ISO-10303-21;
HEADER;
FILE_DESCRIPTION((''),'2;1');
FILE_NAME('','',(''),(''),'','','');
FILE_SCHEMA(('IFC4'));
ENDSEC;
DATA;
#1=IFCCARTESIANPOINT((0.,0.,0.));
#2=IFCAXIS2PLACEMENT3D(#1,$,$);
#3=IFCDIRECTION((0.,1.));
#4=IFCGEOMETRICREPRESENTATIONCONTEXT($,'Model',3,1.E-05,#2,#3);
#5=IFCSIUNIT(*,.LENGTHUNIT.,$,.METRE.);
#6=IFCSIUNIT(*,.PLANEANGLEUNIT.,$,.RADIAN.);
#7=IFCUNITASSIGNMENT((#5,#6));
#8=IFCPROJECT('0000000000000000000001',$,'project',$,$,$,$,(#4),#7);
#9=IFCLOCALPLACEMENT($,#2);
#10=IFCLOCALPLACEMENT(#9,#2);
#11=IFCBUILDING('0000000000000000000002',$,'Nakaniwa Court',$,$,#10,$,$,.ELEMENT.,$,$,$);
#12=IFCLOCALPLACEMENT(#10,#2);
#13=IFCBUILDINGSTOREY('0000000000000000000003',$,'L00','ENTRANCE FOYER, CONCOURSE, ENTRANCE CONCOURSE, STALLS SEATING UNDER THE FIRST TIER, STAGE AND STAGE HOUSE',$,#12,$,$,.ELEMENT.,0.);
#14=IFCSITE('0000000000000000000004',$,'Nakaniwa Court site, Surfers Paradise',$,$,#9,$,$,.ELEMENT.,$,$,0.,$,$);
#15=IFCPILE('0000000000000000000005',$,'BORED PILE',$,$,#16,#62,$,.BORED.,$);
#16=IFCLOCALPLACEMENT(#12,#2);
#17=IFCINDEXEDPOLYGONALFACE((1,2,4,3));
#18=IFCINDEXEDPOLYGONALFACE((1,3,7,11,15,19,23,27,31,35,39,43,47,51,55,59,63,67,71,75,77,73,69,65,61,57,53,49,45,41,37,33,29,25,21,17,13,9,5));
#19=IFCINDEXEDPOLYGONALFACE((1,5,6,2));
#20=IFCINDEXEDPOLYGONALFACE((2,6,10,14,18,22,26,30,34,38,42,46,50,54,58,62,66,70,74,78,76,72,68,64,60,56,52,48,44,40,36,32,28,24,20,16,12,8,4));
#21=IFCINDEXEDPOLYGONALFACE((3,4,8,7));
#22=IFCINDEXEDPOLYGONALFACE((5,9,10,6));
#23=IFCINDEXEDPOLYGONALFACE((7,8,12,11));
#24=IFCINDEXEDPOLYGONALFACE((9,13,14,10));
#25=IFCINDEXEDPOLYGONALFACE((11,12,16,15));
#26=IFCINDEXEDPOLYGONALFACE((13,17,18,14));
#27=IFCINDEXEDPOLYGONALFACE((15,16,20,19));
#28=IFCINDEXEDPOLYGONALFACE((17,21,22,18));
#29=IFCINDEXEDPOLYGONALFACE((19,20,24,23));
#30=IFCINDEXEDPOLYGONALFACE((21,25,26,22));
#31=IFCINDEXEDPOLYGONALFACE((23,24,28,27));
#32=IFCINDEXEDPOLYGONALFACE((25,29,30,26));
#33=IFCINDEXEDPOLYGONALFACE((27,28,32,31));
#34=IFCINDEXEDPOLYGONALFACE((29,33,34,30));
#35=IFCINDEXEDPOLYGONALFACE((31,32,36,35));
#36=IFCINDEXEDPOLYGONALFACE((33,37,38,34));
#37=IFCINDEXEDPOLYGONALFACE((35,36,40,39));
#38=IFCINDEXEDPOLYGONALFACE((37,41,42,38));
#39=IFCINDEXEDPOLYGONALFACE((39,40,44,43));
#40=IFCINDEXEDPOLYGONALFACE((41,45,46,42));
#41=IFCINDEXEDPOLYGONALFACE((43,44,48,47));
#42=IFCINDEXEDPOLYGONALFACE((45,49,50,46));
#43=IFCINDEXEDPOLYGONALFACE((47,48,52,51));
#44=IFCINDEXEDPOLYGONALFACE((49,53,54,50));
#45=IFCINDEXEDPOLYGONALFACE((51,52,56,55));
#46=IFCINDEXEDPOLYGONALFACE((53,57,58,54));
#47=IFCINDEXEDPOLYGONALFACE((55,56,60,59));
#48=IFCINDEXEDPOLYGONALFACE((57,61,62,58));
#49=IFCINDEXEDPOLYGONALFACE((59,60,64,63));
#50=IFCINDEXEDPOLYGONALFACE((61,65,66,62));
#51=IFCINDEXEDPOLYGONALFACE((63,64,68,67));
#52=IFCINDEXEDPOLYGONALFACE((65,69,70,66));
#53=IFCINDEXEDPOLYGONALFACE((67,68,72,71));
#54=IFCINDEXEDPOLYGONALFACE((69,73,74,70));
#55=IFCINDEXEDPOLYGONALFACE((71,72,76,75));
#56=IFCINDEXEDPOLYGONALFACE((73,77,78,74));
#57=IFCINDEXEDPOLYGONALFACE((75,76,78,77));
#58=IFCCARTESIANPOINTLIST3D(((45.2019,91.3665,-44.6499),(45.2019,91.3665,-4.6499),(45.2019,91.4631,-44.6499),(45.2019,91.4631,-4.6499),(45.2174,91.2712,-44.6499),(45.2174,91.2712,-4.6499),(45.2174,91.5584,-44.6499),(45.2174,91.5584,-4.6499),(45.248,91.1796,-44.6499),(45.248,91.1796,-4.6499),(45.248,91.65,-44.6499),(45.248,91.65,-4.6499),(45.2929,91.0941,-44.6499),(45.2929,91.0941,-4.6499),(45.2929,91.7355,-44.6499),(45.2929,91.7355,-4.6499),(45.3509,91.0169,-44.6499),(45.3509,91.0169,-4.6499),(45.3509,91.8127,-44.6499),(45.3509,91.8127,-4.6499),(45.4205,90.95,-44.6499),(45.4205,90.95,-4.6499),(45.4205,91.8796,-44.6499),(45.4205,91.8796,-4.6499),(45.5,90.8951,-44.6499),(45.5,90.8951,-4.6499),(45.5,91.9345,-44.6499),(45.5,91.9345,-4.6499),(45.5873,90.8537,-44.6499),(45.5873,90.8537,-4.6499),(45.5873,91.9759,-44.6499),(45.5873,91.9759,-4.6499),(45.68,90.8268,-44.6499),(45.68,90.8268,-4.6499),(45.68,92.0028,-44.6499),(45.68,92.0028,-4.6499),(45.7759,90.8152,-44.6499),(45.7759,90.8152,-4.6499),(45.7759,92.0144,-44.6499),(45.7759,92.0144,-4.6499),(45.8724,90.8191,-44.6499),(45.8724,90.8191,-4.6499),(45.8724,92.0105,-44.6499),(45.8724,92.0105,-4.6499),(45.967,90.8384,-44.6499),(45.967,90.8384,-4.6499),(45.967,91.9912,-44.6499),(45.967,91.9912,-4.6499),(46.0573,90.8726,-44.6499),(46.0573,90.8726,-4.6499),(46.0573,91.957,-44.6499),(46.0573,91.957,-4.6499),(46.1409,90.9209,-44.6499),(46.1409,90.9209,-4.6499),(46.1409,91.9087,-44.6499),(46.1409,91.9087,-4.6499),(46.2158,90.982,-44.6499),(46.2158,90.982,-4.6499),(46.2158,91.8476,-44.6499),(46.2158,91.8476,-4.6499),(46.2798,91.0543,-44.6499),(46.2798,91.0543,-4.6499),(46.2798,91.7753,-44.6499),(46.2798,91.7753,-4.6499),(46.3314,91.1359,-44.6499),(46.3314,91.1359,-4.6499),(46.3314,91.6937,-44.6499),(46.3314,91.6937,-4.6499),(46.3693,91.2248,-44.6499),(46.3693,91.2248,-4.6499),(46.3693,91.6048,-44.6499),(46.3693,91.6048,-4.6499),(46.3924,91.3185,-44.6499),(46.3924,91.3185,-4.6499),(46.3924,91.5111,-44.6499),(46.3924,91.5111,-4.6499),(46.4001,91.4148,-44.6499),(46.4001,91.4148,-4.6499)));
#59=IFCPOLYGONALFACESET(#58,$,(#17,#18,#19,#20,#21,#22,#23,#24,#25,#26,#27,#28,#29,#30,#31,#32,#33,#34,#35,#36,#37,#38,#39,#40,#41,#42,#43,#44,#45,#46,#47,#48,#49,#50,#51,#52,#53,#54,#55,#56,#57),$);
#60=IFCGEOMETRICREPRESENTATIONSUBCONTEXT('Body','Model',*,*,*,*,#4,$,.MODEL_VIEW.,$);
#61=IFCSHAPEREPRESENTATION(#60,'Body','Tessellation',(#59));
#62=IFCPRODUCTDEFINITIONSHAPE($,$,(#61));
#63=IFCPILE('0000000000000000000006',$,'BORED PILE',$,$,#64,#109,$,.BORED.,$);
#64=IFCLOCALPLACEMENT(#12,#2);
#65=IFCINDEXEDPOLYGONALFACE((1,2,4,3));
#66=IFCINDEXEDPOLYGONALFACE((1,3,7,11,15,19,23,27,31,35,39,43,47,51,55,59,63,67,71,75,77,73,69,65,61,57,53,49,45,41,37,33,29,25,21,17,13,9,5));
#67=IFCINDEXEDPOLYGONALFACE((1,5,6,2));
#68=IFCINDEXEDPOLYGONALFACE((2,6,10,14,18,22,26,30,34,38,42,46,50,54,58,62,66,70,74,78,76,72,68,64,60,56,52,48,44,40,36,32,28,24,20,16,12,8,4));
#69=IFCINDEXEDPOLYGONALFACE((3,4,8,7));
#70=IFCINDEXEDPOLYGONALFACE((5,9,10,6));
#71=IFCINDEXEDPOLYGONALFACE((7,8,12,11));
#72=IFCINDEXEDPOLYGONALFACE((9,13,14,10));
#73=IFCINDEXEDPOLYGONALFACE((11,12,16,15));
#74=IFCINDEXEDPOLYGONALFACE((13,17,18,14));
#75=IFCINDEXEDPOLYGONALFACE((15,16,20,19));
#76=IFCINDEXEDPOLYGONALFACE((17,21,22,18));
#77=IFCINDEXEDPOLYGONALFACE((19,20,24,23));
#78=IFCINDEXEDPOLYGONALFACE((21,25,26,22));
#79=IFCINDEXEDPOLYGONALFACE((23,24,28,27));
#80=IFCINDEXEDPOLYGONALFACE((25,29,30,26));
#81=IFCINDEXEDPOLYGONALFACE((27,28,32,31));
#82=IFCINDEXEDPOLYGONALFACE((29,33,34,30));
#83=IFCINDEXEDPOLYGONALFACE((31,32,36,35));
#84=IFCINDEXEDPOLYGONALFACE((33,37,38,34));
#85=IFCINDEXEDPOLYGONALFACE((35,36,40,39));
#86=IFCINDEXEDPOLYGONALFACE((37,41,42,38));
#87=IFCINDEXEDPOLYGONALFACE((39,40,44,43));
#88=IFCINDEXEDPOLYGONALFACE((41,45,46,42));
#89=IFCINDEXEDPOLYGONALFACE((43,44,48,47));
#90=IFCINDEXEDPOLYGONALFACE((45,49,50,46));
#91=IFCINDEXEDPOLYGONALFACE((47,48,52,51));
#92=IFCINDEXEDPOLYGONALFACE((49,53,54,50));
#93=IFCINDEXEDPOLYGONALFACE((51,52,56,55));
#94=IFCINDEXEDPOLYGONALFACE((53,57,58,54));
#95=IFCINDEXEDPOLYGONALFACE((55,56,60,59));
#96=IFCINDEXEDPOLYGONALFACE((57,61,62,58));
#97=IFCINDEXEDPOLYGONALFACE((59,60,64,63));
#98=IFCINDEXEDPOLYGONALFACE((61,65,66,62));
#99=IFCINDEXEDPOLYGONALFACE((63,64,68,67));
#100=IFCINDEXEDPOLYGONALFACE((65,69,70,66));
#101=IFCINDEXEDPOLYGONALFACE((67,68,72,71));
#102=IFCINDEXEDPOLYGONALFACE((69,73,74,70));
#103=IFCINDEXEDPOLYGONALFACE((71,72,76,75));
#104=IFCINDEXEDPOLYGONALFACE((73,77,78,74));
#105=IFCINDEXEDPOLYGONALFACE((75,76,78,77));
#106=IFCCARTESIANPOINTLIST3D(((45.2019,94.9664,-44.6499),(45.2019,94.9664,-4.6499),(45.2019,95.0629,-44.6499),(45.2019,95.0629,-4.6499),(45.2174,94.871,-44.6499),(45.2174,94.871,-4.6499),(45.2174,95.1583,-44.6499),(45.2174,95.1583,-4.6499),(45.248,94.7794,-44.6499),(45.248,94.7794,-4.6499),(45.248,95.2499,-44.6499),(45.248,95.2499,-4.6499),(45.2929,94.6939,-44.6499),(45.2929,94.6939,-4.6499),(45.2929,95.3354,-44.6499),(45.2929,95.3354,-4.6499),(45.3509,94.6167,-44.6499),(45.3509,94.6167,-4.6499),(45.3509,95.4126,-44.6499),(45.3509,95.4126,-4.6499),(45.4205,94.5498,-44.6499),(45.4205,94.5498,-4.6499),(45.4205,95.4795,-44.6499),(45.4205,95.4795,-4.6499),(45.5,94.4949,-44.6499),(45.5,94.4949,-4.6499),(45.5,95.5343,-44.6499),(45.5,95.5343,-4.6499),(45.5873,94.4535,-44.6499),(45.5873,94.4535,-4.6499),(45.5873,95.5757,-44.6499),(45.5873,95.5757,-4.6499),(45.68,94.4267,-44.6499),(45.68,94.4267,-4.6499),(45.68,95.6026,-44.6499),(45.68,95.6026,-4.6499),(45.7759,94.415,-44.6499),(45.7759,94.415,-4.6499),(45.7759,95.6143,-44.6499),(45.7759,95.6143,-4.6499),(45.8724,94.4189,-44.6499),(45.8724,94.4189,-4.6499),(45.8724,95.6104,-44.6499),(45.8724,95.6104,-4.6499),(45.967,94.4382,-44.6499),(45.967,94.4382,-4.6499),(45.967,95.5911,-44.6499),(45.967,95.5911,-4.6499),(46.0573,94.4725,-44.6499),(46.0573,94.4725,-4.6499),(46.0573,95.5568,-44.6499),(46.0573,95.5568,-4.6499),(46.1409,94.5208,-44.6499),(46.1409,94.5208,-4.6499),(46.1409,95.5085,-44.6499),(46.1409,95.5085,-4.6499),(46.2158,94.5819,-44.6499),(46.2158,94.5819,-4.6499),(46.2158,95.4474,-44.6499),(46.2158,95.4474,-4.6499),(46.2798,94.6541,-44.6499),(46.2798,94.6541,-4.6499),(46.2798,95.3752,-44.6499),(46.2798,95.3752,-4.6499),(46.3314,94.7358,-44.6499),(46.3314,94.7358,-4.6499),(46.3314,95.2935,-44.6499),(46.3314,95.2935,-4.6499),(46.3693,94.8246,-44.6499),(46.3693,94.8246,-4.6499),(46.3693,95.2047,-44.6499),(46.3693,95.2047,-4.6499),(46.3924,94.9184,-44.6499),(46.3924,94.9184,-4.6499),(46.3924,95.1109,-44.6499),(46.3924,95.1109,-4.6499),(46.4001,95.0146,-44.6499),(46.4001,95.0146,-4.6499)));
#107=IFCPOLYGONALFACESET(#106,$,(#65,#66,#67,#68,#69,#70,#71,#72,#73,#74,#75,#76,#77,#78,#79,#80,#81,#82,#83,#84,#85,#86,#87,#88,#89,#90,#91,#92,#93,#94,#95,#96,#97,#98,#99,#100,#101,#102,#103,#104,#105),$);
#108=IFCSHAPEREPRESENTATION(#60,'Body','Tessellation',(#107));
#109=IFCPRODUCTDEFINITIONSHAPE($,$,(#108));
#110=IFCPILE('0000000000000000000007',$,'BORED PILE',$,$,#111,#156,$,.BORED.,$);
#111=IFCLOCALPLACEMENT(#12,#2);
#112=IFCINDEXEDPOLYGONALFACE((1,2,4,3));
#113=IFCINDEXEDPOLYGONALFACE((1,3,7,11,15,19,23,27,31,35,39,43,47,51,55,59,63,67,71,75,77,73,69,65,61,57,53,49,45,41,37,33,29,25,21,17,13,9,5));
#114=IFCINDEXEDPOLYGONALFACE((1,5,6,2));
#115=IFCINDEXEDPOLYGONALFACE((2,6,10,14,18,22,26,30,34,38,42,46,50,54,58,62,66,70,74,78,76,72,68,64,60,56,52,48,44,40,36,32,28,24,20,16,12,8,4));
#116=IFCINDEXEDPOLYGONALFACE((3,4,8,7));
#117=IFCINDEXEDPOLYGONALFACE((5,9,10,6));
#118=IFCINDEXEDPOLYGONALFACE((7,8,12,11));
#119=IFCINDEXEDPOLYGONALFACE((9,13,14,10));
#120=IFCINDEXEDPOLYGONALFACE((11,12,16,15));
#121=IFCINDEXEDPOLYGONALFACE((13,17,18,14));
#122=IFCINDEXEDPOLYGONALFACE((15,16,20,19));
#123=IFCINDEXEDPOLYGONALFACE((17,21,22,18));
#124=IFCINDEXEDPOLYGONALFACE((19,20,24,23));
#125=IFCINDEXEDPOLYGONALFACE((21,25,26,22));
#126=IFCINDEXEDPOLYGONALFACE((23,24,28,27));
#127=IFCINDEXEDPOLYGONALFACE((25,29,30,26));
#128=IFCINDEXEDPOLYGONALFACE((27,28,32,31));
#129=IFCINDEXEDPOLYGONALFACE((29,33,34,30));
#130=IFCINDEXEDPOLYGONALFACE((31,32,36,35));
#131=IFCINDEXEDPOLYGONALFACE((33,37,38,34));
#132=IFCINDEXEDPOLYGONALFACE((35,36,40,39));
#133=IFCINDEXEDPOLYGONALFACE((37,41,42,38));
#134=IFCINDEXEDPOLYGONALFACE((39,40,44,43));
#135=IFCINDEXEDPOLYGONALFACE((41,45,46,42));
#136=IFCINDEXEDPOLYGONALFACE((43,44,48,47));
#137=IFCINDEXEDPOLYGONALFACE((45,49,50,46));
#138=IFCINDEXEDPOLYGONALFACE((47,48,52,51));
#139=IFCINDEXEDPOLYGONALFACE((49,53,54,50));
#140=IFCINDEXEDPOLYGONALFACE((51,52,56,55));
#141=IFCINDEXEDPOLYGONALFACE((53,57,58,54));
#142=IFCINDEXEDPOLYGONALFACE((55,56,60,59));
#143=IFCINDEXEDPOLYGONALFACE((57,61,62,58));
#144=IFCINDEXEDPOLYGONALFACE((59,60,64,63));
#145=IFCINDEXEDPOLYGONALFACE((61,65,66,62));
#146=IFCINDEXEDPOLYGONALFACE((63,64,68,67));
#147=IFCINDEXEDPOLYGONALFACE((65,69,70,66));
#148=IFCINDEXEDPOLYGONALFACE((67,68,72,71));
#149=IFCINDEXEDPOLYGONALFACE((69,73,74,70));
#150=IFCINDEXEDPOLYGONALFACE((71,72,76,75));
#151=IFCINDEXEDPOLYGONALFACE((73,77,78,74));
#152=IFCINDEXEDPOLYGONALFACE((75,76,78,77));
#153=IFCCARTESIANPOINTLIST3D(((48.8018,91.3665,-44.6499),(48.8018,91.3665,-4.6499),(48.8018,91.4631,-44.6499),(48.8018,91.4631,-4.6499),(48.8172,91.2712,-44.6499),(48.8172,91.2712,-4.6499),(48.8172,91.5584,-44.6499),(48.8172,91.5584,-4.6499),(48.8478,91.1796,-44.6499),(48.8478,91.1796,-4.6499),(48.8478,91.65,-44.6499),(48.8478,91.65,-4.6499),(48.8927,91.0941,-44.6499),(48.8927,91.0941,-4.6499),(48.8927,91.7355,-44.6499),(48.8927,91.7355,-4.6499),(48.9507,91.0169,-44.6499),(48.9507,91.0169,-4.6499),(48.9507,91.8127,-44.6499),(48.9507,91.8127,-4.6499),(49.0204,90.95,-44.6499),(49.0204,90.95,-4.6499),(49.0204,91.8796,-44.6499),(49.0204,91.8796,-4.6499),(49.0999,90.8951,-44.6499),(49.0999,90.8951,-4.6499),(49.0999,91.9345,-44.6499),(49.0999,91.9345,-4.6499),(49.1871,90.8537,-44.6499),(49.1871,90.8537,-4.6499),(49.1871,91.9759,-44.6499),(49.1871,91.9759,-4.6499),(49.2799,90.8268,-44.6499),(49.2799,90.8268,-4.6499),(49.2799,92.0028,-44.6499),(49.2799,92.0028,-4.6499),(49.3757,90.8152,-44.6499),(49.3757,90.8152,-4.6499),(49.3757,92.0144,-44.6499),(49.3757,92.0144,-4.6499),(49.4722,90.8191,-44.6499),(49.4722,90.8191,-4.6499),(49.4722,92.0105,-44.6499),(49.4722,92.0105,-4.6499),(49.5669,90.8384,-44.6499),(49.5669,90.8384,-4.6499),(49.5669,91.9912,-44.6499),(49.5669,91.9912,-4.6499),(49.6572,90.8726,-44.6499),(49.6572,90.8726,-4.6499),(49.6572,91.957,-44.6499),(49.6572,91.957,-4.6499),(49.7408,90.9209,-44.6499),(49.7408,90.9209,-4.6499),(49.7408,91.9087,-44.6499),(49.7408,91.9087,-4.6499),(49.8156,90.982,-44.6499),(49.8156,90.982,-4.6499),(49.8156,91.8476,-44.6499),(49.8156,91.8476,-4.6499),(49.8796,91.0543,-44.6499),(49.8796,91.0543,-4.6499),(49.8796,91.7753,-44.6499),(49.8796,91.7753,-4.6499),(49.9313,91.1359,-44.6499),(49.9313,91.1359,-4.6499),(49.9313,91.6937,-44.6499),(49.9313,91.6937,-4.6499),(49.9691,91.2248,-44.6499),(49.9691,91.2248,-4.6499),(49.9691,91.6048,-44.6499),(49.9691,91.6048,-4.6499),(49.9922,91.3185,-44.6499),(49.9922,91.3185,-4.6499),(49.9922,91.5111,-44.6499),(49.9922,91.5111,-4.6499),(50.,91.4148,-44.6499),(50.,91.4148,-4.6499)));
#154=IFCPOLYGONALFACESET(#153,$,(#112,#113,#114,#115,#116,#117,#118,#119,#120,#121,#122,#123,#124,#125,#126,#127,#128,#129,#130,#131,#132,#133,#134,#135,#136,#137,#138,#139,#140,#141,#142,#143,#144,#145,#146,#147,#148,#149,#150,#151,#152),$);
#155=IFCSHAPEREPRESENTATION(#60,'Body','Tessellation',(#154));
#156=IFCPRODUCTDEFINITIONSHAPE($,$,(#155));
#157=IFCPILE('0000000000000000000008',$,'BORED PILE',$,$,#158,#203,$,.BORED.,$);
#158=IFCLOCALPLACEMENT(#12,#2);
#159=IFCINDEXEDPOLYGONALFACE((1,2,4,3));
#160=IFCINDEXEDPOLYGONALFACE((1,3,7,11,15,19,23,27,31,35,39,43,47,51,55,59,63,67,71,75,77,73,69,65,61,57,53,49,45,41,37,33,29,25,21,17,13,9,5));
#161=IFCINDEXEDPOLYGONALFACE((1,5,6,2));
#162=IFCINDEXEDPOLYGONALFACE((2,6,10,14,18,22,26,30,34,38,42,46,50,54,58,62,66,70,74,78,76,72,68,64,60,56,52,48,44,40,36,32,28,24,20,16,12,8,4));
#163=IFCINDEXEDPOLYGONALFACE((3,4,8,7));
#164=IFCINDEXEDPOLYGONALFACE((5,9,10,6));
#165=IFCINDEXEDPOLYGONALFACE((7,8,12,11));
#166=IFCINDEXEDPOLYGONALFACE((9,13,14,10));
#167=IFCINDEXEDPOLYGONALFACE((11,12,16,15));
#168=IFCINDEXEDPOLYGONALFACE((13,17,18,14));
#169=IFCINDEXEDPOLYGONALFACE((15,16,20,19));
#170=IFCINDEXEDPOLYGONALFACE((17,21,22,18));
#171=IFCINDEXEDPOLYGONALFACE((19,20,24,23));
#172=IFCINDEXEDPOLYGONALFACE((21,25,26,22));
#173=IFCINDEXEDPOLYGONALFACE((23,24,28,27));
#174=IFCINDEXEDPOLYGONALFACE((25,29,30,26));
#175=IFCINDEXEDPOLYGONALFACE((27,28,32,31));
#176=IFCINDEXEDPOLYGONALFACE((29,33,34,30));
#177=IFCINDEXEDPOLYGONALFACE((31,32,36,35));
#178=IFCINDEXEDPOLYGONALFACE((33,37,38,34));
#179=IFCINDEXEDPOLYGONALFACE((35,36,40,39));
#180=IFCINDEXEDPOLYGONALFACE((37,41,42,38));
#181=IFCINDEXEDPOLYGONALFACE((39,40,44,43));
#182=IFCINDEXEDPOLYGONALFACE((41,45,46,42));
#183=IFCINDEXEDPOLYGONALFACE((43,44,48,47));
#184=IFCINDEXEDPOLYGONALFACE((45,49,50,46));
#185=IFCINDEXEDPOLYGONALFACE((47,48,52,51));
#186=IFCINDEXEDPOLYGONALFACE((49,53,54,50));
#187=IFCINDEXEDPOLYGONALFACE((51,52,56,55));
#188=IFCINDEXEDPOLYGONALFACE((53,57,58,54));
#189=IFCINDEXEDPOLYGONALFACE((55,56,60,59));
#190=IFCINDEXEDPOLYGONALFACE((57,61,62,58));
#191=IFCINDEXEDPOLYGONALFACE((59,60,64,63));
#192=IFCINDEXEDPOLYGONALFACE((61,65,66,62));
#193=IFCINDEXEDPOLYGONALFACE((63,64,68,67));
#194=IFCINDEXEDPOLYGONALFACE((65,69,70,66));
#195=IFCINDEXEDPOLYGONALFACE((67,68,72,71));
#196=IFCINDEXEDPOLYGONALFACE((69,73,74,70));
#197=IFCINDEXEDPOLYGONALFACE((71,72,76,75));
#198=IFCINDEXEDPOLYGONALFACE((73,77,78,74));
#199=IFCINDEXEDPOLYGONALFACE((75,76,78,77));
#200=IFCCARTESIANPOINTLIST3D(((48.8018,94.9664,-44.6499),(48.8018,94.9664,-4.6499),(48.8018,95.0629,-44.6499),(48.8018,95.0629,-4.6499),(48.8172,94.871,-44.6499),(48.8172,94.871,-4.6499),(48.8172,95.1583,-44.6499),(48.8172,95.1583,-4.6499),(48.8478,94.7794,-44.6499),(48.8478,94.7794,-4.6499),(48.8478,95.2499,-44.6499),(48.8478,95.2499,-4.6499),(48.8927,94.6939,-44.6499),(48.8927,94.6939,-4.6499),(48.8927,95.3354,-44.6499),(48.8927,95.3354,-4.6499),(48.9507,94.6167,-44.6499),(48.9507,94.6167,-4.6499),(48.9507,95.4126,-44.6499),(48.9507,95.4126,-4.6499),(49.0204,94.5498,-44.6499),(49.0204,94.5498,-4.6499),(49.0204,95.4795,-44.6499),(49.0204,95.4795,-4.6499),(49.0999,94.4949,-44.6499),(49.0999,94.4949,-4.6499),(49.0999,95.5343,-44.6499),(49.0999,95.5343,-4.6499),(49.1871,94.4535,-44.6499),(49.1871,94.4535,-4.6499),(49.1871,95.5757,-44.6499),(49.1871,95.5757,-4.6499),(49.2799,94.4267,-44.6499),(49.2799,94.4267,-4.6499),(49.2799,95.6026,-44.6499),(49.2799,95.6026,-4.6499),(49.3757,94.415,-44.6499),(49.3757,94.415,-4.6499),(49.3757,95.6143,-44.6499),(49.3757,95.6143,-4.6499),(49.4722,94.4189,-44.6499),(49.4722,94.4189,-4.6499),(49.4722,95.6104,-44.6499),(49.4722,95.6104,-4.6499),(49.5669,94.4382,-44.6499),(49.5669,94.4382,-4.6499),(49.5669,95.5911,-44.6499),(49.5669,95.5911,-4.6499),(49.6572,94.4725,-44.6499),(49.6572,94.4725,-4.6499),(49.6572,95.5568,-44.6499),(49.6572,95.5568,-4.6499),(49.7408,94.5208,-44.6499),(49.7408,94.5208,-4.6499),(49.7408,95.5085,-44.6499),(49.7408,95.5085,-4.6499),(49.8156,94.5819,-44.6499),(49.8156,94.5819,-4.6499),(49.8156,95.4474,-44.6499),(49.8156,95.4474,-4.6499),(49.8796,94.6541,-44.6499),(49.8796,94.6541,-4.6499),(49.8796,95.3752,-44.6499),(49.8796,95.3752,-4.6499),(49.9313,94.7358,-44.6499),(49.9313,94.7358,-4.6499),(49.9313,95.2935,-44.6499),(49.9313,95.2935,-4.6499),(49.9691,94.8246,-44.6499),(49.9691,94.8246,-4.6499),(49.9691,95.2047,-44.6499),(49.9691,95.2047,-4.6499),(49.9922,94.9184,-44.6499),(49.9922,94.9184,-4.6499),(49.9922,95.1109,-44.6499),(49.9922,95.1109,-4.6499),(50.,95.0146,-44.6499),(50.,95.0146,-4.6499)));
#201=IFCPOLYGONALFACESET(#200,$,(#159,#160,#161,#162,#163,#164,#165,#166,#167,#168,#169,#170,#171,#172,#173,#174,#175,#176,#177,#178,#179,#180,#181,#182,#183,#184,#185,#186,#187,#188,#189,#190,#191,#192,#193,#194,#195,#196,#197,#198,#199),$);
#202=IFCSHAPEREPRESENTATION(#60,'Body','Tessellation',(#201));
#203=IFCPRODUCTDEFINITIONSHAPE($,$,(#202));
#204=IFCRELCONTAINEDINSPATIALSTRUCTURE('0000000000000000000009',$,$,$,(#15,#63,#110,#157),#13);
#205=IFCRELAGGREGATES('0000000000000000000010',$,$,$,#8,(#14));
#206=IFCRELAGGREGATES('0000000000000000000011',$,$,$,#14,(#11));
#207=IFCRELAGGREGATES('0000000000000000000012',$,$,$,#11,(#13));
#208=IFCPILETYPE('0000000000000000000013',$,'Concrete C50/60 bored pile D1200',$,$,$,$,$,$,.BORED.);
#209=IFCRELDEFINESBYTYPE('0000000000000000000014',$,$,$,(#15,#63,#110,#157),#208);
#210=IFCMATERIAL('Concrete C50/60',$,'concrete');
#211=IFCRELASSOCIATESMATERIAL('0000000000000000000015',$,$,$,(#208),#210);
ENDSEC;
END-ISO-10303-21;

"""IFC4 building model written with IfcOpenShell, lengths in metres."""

from ifc_helpers import new_model, si_unit, direction, frame, origin, origin_2d, place, context, subcontext, project, spatial, circle, extrude, material, material_profile, profile_set, type_object, element, save


model = new_model("IFC4")

# Units and contexts
model_context = context("Model", 3, precision=1e-05, world=origin(), true_north=direction((0.0, 1.0)))
body_context = subcontext(model_context, "Body", "Model", "MODEL_VIEW")
ifc_project = project(units=[si_unit("LENGTHUNIT", "METRE"), si_unit("PLANEANGLEUNIT", "RADIAN")], contexts=[model_context])

# Site, building, storey
site_placement = place(None, origin())
site = spatial("IfcSite", under=ifc_project, at=site_placement, Name="Nakaniwa Court site, Surfers Paradise", CompositionType="ELEMENT", RefElevation=0.0)
building_placement = place(site_placement, origin())
building = spatial("IfcBuilding", under=site, at=building_placement, Name="Nakaniwa Court", CompositionType="ELEMENT")
storey_placement = place(building_placement, origin())
storey = spatial("IfcBuildingStorey", under=building, at=storey_placement, Name="L00", Description="ENTRANCE FOYER, CONCOURSE, ENTRANCE CONCOURSE, STALLS SEATING UNDER THE FIRST TIER, STAGE AND STAGE HOUSE", CompositionType="ELEMENT", Elevation=0.0)

# Piles
ifc_material_1 = material(Name="Concrete C50/60", Category="concrete")
ifc_material_profile_1 = material_profile(ifc_material_1, circle(Radius=0.6001, at=origin_2d()), Name="Concrete C50/60 bored pile D1200")
ifc_profile_set_1 = profile_set([ifc_material_profile_1], Name="Concrete C50/60")
pile_type = type_object("IfcPileType", Name="Concrete C50/60 bored pile D1200", PredefinedType="BORED", material=ifc_profile_set_1)
for number, where, z_axis, x_axis, name in (
    (1, (45.8, 91.4148, -4.6499), (0.0, 0.0, -1.0), (1.0, 0.0, 0.0), "BORED PILE"),
    (2, (45.8, 95.0146, -4.6499), (0.0, 0.0, -1.0), (1.0, 0.0, 0.0), "BORED PILE"),
    (3, (49.3999, 91.4148, -4.6499), (0.0, 0.0, -1.0), (1.0, 0.0, 0.0), "BORED PILE"),
    (4, (49.3999, 95.0146, -4.6499), (0.0, 0.0, -1.0), (1.0, 0.0, 0.0), "BORED PILE"),
):
    element("IfcPile", number, at=place(storey_placement, frame(where, z_axis=z_axis, x_axis=x_axis)), inside=storey, type_object=pile_type, Name=name, PredefinedType="BORED", context=body_context, shape_type="SweptSolid", body=[
        extrude(circle(Radius=0.6001, at=origin_2d()), origin(), (0.0, 0.0, 1.0), 40.0),
    ])

save(model, "model.ifc")
